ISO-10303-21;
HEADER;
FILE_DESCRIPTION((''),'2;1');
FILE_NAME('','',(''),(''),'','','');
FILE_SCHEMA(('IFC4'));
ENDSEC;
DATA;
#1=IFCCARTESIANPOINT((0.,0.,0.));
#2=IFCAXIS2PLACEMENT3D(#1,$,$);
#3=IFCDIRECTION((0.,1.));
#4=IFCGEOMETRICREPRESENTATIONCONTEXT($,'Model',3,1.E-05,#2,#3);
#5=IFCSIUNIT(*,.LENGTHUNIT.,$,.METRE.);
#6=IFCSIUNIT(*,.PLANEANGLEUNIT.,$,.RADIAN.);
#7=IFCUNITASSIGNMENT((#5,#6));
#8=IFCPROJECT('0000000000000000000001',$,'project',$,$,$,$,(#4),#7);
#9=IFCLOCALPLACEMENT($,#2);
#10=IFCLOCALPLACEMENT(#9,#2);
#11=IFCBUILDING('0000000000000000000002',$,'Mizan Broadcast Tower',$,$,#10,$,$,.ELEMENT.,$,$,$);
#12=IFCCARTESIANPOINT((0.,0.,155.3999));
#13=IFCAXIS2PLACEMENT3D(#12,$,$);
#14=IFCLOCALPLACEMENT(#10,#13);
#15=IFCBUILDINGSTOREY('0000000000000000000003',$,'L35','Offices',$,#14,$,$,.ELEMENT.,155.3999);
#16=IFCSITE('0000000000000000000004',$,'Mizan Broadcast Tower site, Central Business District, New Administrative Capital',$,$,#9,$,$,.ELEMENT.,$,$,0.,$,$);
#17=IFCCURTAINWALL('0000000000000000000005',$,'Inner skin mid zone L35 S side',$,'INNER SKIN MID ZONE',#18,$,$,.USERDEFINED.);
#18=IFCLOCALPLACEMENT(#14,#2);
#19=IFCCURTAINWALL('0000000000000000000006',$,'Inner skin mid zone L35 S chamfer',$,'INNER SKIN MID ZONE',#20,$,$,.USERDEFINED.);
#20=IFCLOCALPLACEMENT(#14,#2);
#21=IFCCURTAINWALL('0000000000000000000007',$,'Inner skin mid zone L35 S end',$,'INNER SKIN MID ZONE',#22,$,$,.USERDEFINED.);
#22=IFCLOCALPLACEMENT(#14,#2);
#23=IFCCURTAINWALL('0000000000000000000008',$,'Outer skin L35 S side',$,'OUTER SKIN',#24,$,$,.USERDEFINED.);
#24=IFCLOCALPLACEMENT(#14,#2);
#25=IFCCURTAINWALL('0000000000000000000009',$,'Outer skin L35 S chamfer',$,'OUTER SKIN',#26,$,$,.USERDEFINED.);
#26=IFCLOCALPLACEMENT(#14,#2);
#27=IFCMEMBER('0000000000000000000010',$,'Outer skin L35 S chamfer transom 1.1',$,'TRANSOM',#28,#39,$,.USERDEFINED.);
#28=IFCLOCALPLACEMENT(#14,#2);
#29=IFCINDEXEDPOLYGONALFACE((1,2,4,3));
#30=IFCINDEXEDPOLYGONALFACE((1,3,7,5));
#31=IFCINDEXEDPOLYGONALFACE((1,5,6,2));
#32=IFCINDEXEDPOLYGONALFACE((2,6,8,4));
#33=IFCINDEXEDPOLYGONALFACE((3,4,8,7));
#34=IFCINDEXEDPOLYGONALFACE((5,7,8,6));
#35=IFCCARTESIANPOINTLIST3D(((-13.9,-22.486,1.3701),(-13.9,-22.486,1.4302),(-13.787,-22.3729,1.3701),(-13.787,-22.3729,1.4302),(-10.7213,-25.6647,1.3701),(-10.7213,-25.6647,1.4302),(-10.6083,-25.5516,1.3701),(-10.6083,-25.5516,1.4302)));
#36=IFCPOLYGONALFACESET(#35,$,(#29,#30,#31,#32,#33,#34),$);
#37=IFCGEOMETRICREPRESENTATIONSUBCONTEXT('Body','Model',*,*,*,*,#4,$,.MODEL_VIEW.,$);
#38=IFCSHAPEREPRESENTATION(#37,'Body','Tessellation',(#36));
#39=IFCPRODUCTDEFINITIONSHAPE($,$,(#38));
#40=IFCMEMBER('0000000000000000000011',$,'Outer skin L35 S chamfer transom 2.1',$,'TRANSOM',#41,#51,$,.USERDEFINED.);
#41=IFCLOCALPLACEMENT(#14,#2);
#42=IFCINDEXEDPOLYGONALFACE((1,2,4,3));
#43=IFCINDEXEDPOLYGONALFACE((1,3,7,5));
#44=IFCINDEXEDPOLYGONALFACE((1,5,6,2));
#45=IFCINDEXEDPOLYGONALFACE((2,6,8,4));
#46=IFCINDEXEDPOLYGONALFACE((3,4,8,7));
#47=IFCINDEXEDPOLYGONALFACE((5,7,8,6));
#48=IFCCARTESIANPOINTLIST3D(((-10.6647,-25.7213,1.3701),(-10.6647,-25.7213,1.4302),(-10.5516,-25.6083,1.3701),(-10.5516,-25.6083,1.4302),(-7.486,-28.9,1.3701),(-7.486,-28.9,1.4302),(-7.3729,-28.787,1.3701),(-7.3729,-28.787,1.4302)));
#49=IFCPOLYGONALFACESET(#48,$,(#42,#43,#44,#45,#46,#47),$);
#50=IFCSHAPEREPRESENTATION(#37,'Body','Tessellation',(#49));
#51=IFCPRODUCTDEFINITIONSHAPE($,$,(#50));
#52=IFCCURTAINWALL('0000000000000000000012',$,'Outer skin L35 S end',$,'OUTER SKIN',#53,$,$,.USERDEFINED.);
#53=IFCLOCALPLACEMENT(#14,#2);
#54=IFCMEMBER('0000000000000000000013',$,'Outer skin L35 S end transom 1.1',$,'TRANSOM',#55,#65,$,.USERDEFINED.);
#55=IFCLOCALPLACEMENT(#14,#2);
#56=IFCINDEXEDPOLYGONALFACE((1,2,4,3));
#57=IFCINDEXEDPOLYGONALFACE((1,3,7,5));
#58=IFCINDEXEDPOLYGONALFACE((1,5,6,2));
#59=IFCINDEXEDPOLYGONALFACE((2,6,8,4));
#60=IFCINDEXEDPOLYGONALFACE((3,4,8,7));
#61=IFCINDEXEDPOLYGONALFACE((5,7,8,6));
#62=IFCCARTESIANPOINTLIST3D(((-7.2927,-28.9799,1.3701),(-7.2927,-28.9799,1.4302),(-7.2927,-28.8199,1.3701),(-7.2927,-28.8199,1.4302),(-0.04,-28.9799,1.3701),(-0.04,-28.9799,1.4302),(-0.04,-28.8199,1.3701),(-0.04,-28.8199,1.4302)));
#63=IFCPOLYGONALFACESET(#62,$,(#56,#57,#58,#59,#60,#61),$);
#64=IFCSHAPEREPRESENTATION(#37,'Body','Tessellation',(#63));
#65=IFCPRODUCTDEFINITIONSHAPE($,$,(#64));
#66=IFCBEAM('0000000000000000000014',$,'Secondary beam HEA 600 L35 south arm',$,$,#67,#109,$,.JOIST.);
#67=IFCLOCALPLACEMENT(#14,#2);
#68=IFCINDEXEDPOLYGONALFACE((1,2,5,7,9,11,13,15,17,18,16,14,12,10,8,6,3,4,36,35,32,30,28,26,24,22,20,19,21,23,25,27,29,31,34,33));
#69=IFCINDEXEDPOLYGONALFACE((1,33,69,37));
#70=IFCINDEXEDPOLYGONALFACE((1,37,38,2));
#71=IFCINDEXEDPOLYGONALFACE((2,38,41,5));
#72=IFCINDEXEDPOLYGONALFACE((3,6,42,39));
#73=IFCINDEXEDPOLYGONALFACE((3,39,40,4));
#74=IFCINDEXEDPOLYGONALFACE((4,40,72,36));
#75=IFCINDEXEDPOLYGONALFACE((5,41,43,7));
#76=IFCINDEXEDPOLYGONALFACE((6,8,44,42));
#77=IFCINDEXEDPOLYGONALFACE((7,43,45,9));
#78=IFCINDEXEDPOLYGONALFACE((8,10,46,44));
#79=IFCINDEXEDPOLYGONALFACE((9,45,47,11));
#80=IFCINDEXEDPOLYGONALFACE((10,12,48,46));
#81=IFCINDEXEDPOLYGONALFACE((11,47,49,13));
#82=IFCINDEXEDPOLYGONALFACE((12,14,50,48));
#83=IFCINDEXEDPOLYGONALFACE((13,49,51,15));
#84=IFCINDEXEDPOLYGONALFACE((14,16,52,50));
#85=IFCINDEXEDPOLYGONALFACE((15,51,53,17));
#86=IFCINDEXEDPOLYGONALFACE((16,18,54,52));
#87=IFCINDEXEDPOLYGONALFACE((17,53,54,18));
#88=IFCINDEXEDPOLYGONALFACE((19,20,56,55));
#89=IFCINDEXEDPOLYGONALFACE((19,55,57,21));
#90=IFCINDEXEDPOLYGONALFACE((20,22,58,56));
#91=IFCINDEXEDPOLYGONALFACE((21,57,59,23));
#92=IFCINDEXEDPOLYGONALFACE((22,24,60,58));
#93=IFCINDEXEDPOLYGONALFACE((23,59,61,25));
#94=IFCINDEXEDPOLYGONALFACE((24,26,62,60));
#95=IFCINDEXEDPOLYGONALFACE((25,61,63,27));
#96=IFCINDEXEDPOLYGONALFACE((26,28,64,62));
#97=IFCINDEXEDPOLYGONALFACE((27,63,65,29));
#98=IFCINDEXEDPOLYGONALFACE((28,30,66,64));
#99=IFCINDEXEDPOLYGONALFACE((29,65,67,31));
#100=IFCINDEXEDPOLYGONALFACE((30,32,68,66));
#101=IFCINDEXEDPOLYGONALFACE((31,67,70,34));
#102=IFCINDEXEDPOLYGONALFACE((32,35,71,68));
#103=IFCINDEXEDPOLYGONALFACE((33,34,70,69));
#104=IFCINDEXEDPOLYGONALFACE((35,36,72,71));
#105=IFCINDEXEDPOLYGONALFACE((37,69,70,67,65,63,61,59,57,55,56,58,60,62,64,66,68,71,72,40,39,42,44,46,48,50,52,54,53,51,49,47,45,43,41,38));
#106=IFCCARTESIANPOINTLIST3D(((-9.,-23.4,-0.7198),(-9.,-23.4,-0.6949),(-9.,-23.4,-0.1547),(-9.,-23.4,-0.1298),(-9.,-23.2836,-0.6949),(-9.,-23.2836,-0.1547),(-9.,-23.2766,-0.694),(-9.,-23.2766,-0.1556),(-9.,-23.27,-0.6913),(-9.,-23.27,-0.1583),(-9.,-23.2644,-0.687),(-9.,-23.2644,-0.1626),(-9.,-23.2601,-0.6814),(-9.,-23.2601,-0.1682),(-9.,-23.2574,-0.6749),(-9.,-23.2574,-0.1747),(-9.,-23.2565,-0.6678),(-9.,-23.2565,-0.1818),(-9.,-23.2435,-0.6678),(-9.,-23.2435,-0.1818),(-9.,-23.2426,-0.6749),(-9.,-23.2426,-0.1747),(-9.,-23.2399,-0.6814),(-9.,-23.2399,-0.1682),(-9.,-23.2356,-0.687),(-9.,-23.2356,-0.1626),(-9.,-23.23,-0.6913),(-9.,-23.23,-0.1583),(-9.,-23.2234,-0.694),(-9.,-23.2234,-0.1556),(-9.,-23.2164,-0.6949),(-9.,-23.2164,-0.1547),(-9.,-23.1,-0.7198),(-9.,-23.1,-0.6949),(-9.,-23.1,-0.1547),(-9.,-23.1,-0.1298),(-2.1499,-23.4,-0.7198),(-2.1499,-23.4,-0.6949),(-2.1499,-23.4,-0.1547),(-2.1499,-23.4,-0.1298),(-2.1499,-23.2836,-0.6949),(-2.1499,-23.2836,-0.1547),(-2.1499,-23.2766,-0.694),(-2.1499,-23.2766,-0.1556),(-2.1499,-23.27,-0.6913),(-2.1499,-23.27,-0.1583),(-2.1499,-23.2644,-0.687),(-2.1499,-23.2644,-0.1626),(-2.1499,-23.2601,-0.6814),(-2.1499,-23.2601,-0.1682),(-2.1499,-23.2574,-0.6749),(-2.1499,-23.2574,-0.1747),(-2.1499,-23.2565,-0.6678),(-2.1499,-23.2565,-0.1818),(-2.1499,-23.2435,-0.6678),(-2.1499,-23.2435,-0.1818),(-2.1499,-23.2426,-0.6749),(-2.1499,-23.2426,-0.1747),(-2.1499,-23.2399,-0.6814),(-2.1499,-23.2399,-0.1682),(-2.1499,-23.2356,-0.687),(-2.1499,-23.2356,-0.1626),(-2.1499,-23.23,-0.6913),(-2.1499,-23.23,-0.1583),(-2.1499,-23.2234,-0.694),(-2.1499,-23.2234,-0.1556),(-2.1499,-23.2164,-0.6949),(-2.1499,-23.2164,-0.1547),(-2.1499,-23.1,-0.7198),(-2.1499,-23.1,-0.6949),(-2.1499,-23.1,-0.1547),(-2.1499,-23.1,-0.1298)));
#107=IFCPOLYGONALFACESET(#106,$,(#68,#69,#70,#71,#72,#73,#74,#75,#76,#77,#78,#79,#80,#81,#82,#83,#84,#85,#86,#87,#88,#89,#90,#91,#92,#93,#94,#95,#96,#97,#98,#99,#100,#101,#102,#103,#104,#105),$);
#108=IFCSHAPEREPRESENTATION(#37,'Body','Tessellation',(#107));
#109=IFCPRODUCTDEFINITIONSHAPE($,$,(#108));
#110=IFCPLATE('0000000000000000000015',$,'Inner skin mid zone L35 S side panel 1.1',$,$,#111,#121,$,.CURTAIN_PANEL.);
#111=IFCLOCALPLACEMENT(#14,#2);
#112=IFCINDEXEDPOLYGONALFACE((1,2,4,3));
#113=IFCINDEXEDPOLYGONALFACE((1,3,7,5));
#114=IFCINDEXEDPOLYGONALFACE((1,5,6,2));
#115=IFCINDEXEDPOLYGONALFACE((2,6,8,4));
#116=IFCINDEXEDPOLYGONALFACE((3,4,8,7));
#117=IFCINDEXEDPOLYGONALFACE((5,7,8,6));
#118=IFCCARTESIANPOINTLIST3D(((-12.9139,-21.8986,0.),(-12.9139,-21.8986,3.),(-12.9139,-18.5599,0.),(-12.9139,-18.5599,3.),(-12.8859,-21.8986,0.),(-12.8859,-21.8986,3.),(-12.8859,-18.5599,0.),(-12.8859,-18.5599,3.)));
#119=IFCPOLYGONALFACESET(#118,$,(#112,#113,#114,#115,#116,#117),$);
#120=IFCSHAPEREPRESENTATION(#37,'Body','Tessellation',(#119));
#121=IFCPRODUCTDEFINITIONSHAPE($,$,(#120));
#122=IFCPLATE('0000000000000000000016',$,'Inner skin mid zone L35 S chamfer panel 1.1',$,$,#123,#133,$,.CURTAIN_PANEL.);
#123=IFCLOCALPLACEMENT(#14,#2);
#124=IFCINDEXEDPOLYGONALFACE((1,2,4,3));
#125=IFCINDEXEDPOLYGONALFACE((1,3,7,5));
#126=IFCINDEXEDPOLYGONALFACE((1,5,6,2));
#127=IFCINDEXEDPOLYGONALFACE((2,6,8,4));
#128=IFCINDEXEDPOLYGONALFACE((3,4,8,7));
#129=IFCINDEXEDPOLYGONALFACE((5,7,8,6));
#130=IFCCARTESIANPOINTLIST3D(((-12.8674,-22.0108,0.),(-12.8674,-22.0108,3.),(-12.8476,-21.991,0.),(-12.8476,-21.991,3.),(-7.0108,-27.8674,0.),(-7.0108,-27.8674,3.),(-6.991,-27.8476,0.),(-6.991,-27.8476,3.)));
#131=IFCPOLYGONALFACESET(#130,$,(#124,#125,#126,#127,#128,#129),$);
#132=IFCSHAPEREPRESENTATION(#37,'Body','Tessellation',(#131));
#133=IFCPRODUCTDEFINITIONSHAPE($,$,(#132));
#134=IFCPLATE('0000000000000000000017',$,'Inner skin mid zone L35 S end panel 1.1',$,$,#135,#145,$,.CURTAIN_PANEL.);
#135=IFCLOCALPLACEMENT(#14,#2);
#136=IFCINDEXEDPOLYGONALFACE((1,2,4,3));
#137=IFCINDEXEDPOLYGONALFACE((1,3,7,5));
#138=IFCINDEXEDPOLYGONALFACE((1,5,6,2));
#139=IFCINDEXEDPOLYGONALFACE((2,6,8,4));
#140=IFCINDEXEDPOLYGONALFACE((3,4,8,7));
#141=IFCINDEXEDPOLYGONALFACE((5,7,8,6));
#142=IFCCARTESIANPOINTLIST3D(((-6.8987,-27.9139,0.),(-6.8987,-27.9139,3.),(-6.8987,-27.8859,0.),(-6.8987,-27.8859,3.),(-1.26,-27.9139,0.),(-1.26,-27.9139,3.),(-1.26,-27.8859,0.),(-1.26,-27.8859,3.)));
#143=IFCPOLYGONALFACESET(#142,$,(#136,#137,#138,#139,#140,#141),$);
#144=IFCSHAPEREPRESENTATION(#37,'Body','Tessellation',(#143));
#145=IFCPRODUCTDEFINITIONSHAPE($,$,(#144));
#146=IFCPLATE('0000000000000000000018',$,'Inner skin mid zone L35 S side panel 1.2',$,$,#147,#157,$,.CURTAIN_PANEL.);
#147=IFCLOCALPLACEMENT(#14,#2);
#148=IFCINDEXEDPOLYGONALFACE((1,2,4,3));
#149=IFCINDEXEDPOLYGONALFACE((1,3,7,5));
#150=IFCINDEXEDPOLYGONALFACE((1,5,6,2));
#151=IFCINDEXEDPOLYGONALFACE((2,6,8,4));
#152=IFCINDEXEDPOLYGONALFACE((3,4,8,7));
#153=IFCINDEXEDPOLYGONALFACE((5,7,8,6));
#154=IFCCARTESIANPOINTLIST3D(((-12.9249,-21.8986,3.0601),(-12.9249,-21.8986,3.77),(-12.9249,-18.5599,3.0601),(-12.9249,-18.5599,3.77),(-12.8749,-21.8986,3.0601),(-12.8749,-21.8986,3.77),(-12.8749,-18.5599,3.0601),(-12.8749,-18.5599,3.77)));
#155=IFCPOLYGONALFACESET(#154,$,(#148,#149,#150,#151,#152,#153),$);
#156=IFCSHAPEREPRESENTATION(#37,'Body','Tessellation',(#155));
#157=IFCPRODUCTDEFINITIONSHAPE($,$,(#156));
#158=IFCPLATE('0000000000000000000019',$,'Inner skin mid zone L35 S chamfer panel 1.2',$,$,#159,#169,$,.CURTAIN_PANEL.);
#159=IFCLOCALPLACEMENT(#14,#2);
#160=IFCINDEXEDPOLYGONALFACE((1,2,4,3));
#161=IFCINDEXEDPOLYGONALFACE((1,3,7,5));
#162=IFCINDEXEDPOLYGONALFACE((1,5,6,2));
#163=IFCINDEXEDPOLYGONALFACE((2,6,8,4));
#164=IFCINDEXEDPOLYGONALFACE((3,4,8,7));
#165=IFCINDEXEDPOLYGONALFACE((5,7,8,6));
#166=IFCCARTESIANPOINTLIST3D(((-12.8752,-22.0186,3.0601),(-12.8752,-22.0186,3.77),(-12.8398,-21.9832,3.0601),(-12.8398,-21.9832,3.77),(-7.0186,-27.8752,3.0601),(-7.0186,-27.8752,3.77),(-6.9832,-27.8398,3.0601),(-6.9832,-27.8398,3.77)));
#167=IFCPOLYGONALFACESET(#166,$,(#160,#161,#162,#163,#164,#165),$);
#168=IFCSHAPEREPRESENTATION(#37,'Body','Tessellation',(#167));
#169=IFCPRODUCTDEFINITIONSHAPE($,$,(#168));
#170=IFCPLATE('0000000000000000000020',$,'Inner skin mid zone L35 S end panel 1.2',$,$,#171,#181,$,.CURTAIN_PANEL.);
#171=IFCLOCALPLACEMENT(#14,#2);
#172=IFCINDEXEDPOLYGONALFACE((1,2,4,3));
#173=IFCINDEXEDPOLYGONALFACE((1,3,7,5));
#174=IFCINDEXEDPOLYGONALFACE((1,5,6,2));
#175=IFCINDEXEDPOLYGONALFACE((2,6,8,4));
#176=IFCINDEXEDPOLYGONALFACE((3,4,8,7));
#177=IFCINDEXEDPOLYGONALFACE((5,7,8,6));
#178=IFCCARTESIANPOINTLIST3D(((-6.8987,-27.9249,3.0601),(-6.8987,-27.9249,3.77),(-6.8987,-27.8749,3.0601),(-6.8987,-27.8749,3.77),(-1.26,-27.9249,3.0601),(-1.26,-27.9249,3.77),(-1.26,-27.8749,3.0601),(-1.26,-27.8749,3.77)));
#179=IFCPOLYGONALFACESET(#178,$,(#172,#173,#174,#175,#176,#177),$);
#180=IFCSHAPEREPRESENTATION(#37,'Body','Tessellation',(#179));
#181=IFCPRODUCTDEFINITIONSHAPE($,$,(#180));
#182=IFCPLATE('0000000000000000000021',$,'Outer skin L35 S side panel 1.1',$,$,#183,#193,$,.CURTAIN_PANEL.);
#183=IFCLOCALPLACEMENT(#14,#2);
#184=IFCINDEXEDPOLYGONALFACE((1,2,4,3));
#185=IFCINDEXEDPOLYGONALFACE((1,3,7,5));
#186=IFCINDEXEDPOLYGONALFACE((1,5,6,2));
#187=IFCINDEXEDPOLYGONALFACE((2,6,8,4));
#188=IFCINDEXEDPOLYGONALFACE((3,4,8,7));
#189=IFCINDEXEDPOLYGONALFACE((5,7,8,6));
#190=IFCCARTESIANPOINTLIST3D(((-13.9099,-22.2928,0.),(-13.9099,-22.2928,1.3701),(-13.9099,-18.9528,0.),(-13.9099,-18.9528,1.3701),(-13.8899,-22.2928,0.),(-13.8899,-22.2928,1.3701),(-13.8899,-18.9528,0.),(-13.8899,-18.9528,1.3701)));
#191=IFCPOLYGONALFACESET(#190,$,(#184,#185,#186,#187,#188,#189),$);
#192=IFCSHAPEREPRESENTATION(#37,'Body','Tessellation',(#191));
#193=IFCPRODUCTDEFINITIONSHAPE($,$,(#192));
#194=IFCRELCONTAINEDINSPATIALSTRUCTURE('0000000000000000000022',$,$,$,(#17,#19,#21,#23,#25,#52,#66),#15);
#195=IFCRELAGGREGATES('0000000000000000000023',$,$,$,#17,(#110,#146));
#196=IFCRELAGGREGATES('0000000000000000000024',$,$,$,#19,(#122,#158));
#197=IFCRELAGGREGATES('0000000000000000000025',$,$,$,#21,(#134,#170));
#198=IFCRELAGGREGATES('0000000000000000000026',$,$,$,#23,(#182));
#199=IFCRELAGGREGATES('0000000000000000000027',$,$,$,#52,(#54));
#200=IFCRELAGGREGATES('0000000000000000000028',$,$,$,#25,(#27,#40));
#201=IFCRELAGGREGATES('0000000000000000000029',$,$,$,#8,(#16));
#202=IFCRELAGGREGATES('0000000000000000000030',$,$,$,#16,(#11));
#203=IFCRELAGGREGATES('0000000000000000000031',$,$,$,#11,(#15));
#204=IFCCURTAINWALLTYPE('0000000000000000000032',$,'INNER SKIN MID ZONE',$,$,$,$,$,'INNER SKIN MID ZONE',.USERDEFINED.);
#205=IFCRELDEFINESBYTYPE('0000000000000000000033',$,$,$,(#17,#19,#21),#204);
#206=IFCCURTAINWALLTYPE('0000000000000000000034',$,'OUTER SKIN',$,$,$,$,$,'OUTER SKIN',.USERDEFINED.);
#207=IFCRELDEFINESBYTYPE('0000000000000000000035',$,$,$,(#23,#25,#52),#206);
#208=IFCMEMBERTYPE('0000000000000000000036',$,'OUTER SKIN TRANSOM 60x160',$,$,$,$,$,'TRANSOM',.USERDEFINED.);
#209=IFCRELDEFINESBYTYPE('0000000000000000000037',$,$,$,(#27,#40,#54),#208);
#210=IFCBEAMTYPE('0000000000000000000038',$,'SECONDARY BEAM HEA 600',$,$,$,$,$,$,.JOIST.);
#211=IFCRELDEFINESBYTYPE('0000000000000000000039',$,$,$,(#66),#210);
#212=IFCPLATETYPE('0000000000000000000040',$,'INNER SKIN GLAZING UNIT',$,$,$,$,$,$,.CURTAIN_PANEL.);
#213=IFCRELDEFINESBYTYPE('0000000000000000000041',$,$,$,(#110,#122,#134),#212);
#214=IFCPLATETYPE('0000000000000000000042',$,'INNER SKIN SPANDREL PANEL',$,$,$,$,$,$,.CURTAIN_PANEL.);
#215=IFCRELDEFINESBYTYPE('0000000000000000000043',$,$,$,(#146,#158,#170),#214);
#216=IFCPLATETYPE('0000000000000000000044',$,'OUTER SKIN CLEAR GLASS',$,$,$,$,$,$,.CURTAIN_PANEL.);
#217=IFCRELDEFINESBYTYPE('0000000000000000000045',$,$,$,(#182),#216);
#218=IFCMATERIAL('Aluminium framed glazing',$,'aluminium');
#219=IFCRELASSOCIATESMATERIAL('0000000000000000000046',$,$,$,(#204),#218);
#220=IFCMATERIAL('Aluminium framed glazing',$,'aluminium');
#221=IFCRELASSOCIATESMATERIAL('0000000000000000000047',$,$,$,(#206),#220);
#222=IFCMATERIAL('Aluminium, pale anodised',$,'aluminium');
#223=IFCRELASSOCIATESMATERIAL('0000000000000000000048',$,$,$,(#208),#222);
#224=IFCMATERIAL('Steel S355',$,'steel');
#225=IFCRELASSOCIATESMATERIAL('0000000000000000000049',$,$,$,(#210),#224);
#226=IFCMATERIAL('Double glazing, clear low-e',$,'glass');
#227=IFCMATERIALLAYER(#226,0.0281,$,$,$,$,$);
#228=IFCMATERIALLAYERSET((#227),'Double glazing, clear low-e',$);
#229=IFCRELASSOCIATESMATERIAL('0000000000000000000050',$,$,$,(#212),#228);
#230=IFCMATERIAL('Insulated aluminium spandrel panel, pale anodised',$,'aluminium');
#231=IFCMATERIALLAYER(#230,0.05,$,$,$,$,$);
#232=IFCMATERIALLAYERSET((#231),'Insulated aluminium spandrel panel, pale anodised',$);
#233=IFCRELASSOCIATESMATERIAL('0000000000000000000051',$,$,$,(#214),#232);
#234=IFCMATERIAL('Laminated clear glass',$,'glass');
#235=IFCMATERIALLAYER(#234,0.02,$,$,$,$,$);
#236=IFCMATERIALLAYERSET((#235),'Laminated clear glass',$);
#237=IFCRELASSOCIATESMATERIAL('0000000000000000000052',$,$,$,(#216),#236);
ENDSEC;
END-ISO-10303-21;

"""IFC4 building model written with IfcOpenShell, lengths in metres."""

from ifc_helpers import new_model, si_unit, direction, frame, origin, origin_2d, place, context, subcontext, project, spatial, rectangle, i_section, extrude, material, layer, layer_set, material_profile, profile_set, type_object, element, aggregate, save


model = new_model("IFC4")

# Units and contexts
model_context = context("Model", 3, precision=1e-05, world=origin(), true_north=direction((0.0, 1.0)))
body_context = subcontext(model_context, "Body", "Model", "MODEL_VIEW")
ifc_project = project(units=[si_unit("LENGTHUNIT", "METRE"), si_unit("PLANEANGLEUNIT", "RADIAN")], contexts=[model_context])

# Site, building, storey
site_placement = place(None, origin())
site = spatial("IfcSite", under=ifc_project, at=site_placement, Name="Mizan Broadcast Tower site, Central Business District, New Administrative Capital", CompositionType="ELEMENT", RefElevation=0.0)
building_placement = place(site_placement, origin())
building = spatial("IfcBuilding", under=site, at=building_placement, Name="Mizan Broadcast Tower", CompositionType="ELEMENT")
storey_placement = place(building_placement, frame((0.0, 0.0, 155.3999)))
storey = spatial("IfcBuildingStorey", under=building, at=storey_placement, Name="L35", Description="Offices", CompositionType="ELEMENT", Elevation=155.3999)

# Curtain walls
ifc_material_1 = material(Name="Aluminium framed glazing", Category="aluminium")
curtain_wall_type_1 = type_object("IfcCurtainWallType", Name="INNER SKIN MID ZONE", ElementType="INNER SKIN MID ZONE", PredefinedType="USERDEFINED", material=ifc_material_1)
curtain_wall_1_placement = place(storey_placement, origin())
curtain_wall_1 = element("IfcCurtainWall", 1, at=curtain_wall_1_placement, inside=storey, type_object=curtain_wall_type_1, Name="Inner skin mid zone L35 S side", ObjectType="INNER SKIN MID ZONE", PredefinedType="USERDEFINED")
curtain_wall_2_placement = place(storey_placement, origin())
curtain_wall_2 = element("IfcCurtainWall", 2, at=curtain_wall_2_placement, inside=storey, type_object=curtain_wall_type_1, Name="Inner skin mid zone L35 S chamfer", ObjectType="INNER SKIN MID ZONE", PredefinedType="USERDEFINED")
curtain_wall_3_placement = place(storey_placement, origin())
curtain_wall_3 = element("IfcCurtainWall", 3, at=curtain_wall_3_placement, inside=storey, type_object=curtain_wall_type_1, Name="Inner skin mid zone L35 S end", ObjectType="INNER SKIN MID ZONE", PredefinedType="USERDEFINED")

# Curtain wall
ifc_material_2 = material(Name="Aluminium framed glazing", Category="aluminium")
curtain_wall_type_2 = type_object("IfcCurtainWallType", Name="OUTER SKIN", ElementType="OUTER SKIN", PredefinedType="USERDEFINED", material=ifc_material_2)
curtain_wall_4_placement = place(storey_placement, origin())
curtain_wall_4 = element("IfcCurtainWall", 4, at=curtain_wall_4_placement, inside=storey, type_object=curtain_wall_type_2, Name="Outer skin L35 S side", ObjectType="OUTER SKIN", PredefinedType="USERDEFINED")

# Curtain wall, members
curtain_wall_5_placement = place(storey_placement, origin())
curtain_wall_5 = element("IfcCurtainWall", 5, at=curtain_wall_5_placement, inside=storey, type_object=curtain_wall_type_2, Name="Outer skin L35 S chamfer", ObjectType="OUTER SKIN", PredefinedType="USERDEFINED")
ifc_material_3 = material(Name="Aluminium, pale anodised", Category="aluminium")
ifc_material_profile_1 = material_profile(ifc_material_3, rectangle(XDim=0.1599, YDim=0.0601, at=origin_2d()), Name="TRANSOM 160x60")
ifc_profile_set_1 = profile_set([ifc_material_profile_1], Name="Aluminium, pale anodised")
member_type_1 = type_object("IfcMemberType", Name="OUTER SKIN TRANSOM 60x160", ElementType="TRANSOM", PredefinedType="USERDEFINED", material=ifc_profile_set_1)
member_1_placement = place(storey_placement, frame((-13.8435, -22.4294, 1.4001), z_axis=(0.707107, -0.707107, 0.0), x_axis=(0.707107, 0.707107, 0.0)))
member_1 = element("IfcMember", 6, at=member_1_placement, type_object=member_type_1, Name="Outer skin L35 S chamfer transom 1.1", ObjectType="TRANSOM", PredefinedType="USERDEFINED", context=body_context, shape_type="SweptSolid", body=[
    extrude(rectangle(XDim=0.1599, YDim=0.0601, at=origin_2d()), origin(), (0.0, 0.0, 1.0), 4.4954),
])
member_2_placement = place(storey_placement, frame((-10.6082, -25.6648, 1.4001), z_axis=(0.707107, -0.707107, 0.0), x_axis=(0.707107, 0.707107, 0.0)))
member_2 = element("IfcMember", 7, at=member_2_placement, type_object=member_type_1, Name="Outer skin L35 S chamfer transom 2.1", ObjectType="TRANSOM", PredefinedType="USERDEFINED", context=body_context, shape_type="SweptSolid", body=[
    extrude(rectangle(XDim=0.1599, YDim=0.0601, at=origin_2d()), origin(), (0.0, 0.0, 1.0), 4.4954),
])

# Curtain wall, member
curtain_wall_6_placement = place(storey_placement, origin())
curtain_wall_6 = element("IfcCurtainWall", 8, at=curtain_wall_6_placement, inside=storey, type_object=curtain_wall_type_2, Name="Outer skin L35 S end", ObjectType="OUTER SKIN", PredefinedType="USERDEFINED")
member_3_placement = place(storey_placement, frame((-7.2927, -28.8999, 1.4001), z_axis=(1.0, 0.0, 0.0), x_axis=(0.0, 1.0, 0.0)))
member_3 = element("IfcMember", 9, at=member_3_placement, type_object=member_type_1, Name="Outer skin L35 S end transom 1.1", ObjectType="TRANSOM", PredefinedType="USERDEFINED", context=body_context, shape_type="SweptSolid", body=[
    extrude(rectangle(XDim=0.1599, YDim=0.0601, at=origin_2d()), origin(), (0.0, 0.0, 1.0), 7.2527),
])

# Beam
ifc_material_4 = material(Name="Steel S355", Category="steel")
ifc_material_profile_2 = material_profile(ifc_material_4, i_section(OverallWidth=0.3, OverallDepth=0.5901, WebThickness=0.0129, FlangeThickness=0.0249, FilletRadius=0.0271, at=origin_2d()), Name="HEA 600")
ifc_profile_set_2 = profile_set([ifc_material_profile_2], Name="Steel S355")
beam_type_1 = type_object("IfcBeamType", Name="SECONDARY BEAM HEA 600", PredefinedType="JOIST", material=ifc_profile_set_2)
beam_1_placement = place(storey_placement, frame((-9.0, -23.25, -0.4248), z_axis=(1.0, 0.0, 0.0), x_axis=(0.0, 1.0, 0.0)))
element("IfcBeam", 10, at=beam_1_placement, inside=storey, type_object=beam_type_1, Name="Secondary beam HEA 600 L35 south arm", PredefinedType="JOIST", context=body_context, shape_type="SweptSolid", body=[
    extrude(i_section(OverallWidth=0.3, OverallDepth=0.5901, WebThickness=0.0129, FlangeThickness=0.0249, FilletRadius=0.0271, at=origin_2d()), origin(), (0.0, 0.0, 1.0), 6.8501),
])

# Plates
ifc_material_5 = material(Name="Double glazing, clear low-e", Category="glass")
ifc_layer_1 = layer(ifc_material_5, 0.0281)
ifc_layer_set_1 = layer_set([ifc_layer_1], Name="Double glazing, clear low-e")
plate_type_1 = type_object("IfcPlateType", Name="INNER SKIN GLAZING UNIT", PredefinedType="CURTAIN_PANEL", material=ifc_layer_set_1)
plate_1_placement = place(storey_placement, frame((-12.8999, -20.2292, 0.0), z_axis=(0.0, 0.0, 1.0), x_axis=(0.0, -1.0, 0.0)))
plate_1 = element("IfcPlate", 11, at=plate_1_placement, type_object=plate_type_1, Name="Inner skin mid zone L35 S side panel 1.1", PredefinedType="CURTAIN_PANEL", context=body_context, shape_type="SweptSolid", body=[
    extrude(rectangle(XDim=3.3386, YDim=0.0281, at=origin_2d()), origin(), (0.0, 0.0, 1.0), 3.0),
])
plate_2_placement = place(storey_placement, frame((-9.9292, -24.9292, 0.0), z_axis=(0.0, 0.0, 1.0), x_axis=(0.707107, -0.707107, 0.0)))
plate_2 = element("IfcPlate", 12, at=plate_2_placement, type_object=plate_type_1, Name="Inner skin mid zone L35 S chamfer panel 1.1", PredefinedType="CURTAIN_PANEL", context=body_context, shape_type="SweptSolid", body=[
    extrude(rectangle(XDim=8.2825, YDim=0.0281, at=origin_2d()), origin(), (0.0, 0.0, 1.0), 3.0),
])
plate_3_placement = place(storey_placement, frame((-4.0793, -27.8999, 0.0), z_axis=(0.0, 0.0, 1.0), x_axis=(1.0, 0.0, 0.0)))
plate_3 = element("IfcPlate", 13, at=plate_3_placement, type_object=plate_type_1, Name="Inner skin mid zone L35 S end panel 1.1", PredefinedType="CURTAIN_PANEL", context=body_context, shape_type="SweptSolid", body=[
    extrude(rectangle(XDim=5.6387, YDim=0.0281, at=origin_2d()), origin(), (0.0, 0.0, 1.0), 3.0),
])
ifc_material_6 = material(Name="Insulated aluminium spandrel panel, pale anodised", Category="aluminium")
ifc_layer_2 = layer(ifc_material_6, 0.05)
ifc_layer_set_2 = layer_set([ifc_layer_2], Name="Insulated aluminium spandrel panel, pale anodised")
plate_type_2 = type_object("IfcPlateType", Name="INNER SKIN SPANDREL PANEL", PredefinedType="CURTAIN_PANEL", material=ifc_layer_set_2)
plate_4_placement = place(storey_placement, frame((-12.8999, -20.2292, 3.0601), z_axis=(0.0, 0.0, 1.0), x_axis=(0.0, -1.0, 0.0)))
plate_4 = element("IfcPlate", 14, at=plate_4_placement, type_object=plate_type_2, Name="Inner skin mid zone L35 S side panel 1.2", PredefinedType="CURTAIN_PANEL", context=body_context, shape_type="SweptSolid", body=[
    extrude(rectangle(XDim=3.3386, YDim=0.05, at=origin_2d()), origin(), (0.0, 0.0, 1.0), 0.71),
])
aggregate(curtain_wall_1, [plate_1, plate_4])
plate_5_placement = place(storey_placement, frame((-9.9292, -24.9292, 3.0601), z_axis=(0.0, 0.0, 1.0), x_axis=(0.707107, -0.707107, 0.0)))
plate_5 = element("IfcPlate", 15, at=plate_5_placement, type_object=plate_type_2, Name="Inner skin mid zone L35 S chamfer panel 1.2", PredefinedType="CURTAIN_PANEL", context=body_context, shape_type="SweptSolid", body=[
    extrude(rectangle(XDim=8.2825, YDim=0.05, at=origin_2d()), origin(), (0.0, 0.0, 1.0), 0.71),
])
aggregate(curtain_wall_2, [plate_2, plate_5])
plate_6_placement = place(storey_placement, frame((-4.0793, -27.8999, 3.0601), z_axis=(0.0, 0.0, 1.0), x_axis=(1.0, 0.0, 0.0)))
plate_6 = element("IfcPlate", 16, at=plate_6_placement, type_object=plate_type_2, Name="Inner skin mid zone L35 S end panel 1.2", PredefinedType="CURTAIN_PANEL", context=body_context, shape_type="SweptSolid", body=[
    extrude(rectangle(XDim=5.6387, YDim=0.05, at=origin_2d()), origin(), (0.0, 0.0, 1.0), 0.71),
])
aggregate(curtain_wall_3, [plate_3, plate_6])
ifc_material_7 = material(Name="Laminated clear glass", Category="glass")
ifc_layer_3 = layer(ifc_material_7, 0.02)
ifc_layer_set_3 = layer_set([ifc_layer_3], Name="Laminated clear glass")
plate_type_3 = type_object("IfcPlateType", Name="OUTER SKIN CLEAR GLASS", PredefinedType="CURTAIN_PANEL", material=ifc_layer_set_3)
plate_7_placement = place(storey_placement, frame((-13.8999, -20.6228, 0.0), z_axis=(0.0, 0.0, 1.0), x_axis=(0.0, -1.0, 0.0)))
plate_7 = element("IfcPlate", 17, at=plate_7_placement, type_object=plate_type_3, Name="Outer skin L35 S side panel 1.1", PredefinedType="CURTAIN_PANEL", context=body_context, shape_type="SweptSolid", body=[
    extrude(rectangle(XDim=3.3401, YDim=0.02, at=origin_2d()), origin(), (0.0, 0.0, 1.0), 1.3701),
])
aggregate(curtain_wall_4, [plate_7])
aggregate(curtain_wall_6, [member_3])
aggregate(curtain_wall_5, [member_1, member_2])

save(model, "model.ifc")
